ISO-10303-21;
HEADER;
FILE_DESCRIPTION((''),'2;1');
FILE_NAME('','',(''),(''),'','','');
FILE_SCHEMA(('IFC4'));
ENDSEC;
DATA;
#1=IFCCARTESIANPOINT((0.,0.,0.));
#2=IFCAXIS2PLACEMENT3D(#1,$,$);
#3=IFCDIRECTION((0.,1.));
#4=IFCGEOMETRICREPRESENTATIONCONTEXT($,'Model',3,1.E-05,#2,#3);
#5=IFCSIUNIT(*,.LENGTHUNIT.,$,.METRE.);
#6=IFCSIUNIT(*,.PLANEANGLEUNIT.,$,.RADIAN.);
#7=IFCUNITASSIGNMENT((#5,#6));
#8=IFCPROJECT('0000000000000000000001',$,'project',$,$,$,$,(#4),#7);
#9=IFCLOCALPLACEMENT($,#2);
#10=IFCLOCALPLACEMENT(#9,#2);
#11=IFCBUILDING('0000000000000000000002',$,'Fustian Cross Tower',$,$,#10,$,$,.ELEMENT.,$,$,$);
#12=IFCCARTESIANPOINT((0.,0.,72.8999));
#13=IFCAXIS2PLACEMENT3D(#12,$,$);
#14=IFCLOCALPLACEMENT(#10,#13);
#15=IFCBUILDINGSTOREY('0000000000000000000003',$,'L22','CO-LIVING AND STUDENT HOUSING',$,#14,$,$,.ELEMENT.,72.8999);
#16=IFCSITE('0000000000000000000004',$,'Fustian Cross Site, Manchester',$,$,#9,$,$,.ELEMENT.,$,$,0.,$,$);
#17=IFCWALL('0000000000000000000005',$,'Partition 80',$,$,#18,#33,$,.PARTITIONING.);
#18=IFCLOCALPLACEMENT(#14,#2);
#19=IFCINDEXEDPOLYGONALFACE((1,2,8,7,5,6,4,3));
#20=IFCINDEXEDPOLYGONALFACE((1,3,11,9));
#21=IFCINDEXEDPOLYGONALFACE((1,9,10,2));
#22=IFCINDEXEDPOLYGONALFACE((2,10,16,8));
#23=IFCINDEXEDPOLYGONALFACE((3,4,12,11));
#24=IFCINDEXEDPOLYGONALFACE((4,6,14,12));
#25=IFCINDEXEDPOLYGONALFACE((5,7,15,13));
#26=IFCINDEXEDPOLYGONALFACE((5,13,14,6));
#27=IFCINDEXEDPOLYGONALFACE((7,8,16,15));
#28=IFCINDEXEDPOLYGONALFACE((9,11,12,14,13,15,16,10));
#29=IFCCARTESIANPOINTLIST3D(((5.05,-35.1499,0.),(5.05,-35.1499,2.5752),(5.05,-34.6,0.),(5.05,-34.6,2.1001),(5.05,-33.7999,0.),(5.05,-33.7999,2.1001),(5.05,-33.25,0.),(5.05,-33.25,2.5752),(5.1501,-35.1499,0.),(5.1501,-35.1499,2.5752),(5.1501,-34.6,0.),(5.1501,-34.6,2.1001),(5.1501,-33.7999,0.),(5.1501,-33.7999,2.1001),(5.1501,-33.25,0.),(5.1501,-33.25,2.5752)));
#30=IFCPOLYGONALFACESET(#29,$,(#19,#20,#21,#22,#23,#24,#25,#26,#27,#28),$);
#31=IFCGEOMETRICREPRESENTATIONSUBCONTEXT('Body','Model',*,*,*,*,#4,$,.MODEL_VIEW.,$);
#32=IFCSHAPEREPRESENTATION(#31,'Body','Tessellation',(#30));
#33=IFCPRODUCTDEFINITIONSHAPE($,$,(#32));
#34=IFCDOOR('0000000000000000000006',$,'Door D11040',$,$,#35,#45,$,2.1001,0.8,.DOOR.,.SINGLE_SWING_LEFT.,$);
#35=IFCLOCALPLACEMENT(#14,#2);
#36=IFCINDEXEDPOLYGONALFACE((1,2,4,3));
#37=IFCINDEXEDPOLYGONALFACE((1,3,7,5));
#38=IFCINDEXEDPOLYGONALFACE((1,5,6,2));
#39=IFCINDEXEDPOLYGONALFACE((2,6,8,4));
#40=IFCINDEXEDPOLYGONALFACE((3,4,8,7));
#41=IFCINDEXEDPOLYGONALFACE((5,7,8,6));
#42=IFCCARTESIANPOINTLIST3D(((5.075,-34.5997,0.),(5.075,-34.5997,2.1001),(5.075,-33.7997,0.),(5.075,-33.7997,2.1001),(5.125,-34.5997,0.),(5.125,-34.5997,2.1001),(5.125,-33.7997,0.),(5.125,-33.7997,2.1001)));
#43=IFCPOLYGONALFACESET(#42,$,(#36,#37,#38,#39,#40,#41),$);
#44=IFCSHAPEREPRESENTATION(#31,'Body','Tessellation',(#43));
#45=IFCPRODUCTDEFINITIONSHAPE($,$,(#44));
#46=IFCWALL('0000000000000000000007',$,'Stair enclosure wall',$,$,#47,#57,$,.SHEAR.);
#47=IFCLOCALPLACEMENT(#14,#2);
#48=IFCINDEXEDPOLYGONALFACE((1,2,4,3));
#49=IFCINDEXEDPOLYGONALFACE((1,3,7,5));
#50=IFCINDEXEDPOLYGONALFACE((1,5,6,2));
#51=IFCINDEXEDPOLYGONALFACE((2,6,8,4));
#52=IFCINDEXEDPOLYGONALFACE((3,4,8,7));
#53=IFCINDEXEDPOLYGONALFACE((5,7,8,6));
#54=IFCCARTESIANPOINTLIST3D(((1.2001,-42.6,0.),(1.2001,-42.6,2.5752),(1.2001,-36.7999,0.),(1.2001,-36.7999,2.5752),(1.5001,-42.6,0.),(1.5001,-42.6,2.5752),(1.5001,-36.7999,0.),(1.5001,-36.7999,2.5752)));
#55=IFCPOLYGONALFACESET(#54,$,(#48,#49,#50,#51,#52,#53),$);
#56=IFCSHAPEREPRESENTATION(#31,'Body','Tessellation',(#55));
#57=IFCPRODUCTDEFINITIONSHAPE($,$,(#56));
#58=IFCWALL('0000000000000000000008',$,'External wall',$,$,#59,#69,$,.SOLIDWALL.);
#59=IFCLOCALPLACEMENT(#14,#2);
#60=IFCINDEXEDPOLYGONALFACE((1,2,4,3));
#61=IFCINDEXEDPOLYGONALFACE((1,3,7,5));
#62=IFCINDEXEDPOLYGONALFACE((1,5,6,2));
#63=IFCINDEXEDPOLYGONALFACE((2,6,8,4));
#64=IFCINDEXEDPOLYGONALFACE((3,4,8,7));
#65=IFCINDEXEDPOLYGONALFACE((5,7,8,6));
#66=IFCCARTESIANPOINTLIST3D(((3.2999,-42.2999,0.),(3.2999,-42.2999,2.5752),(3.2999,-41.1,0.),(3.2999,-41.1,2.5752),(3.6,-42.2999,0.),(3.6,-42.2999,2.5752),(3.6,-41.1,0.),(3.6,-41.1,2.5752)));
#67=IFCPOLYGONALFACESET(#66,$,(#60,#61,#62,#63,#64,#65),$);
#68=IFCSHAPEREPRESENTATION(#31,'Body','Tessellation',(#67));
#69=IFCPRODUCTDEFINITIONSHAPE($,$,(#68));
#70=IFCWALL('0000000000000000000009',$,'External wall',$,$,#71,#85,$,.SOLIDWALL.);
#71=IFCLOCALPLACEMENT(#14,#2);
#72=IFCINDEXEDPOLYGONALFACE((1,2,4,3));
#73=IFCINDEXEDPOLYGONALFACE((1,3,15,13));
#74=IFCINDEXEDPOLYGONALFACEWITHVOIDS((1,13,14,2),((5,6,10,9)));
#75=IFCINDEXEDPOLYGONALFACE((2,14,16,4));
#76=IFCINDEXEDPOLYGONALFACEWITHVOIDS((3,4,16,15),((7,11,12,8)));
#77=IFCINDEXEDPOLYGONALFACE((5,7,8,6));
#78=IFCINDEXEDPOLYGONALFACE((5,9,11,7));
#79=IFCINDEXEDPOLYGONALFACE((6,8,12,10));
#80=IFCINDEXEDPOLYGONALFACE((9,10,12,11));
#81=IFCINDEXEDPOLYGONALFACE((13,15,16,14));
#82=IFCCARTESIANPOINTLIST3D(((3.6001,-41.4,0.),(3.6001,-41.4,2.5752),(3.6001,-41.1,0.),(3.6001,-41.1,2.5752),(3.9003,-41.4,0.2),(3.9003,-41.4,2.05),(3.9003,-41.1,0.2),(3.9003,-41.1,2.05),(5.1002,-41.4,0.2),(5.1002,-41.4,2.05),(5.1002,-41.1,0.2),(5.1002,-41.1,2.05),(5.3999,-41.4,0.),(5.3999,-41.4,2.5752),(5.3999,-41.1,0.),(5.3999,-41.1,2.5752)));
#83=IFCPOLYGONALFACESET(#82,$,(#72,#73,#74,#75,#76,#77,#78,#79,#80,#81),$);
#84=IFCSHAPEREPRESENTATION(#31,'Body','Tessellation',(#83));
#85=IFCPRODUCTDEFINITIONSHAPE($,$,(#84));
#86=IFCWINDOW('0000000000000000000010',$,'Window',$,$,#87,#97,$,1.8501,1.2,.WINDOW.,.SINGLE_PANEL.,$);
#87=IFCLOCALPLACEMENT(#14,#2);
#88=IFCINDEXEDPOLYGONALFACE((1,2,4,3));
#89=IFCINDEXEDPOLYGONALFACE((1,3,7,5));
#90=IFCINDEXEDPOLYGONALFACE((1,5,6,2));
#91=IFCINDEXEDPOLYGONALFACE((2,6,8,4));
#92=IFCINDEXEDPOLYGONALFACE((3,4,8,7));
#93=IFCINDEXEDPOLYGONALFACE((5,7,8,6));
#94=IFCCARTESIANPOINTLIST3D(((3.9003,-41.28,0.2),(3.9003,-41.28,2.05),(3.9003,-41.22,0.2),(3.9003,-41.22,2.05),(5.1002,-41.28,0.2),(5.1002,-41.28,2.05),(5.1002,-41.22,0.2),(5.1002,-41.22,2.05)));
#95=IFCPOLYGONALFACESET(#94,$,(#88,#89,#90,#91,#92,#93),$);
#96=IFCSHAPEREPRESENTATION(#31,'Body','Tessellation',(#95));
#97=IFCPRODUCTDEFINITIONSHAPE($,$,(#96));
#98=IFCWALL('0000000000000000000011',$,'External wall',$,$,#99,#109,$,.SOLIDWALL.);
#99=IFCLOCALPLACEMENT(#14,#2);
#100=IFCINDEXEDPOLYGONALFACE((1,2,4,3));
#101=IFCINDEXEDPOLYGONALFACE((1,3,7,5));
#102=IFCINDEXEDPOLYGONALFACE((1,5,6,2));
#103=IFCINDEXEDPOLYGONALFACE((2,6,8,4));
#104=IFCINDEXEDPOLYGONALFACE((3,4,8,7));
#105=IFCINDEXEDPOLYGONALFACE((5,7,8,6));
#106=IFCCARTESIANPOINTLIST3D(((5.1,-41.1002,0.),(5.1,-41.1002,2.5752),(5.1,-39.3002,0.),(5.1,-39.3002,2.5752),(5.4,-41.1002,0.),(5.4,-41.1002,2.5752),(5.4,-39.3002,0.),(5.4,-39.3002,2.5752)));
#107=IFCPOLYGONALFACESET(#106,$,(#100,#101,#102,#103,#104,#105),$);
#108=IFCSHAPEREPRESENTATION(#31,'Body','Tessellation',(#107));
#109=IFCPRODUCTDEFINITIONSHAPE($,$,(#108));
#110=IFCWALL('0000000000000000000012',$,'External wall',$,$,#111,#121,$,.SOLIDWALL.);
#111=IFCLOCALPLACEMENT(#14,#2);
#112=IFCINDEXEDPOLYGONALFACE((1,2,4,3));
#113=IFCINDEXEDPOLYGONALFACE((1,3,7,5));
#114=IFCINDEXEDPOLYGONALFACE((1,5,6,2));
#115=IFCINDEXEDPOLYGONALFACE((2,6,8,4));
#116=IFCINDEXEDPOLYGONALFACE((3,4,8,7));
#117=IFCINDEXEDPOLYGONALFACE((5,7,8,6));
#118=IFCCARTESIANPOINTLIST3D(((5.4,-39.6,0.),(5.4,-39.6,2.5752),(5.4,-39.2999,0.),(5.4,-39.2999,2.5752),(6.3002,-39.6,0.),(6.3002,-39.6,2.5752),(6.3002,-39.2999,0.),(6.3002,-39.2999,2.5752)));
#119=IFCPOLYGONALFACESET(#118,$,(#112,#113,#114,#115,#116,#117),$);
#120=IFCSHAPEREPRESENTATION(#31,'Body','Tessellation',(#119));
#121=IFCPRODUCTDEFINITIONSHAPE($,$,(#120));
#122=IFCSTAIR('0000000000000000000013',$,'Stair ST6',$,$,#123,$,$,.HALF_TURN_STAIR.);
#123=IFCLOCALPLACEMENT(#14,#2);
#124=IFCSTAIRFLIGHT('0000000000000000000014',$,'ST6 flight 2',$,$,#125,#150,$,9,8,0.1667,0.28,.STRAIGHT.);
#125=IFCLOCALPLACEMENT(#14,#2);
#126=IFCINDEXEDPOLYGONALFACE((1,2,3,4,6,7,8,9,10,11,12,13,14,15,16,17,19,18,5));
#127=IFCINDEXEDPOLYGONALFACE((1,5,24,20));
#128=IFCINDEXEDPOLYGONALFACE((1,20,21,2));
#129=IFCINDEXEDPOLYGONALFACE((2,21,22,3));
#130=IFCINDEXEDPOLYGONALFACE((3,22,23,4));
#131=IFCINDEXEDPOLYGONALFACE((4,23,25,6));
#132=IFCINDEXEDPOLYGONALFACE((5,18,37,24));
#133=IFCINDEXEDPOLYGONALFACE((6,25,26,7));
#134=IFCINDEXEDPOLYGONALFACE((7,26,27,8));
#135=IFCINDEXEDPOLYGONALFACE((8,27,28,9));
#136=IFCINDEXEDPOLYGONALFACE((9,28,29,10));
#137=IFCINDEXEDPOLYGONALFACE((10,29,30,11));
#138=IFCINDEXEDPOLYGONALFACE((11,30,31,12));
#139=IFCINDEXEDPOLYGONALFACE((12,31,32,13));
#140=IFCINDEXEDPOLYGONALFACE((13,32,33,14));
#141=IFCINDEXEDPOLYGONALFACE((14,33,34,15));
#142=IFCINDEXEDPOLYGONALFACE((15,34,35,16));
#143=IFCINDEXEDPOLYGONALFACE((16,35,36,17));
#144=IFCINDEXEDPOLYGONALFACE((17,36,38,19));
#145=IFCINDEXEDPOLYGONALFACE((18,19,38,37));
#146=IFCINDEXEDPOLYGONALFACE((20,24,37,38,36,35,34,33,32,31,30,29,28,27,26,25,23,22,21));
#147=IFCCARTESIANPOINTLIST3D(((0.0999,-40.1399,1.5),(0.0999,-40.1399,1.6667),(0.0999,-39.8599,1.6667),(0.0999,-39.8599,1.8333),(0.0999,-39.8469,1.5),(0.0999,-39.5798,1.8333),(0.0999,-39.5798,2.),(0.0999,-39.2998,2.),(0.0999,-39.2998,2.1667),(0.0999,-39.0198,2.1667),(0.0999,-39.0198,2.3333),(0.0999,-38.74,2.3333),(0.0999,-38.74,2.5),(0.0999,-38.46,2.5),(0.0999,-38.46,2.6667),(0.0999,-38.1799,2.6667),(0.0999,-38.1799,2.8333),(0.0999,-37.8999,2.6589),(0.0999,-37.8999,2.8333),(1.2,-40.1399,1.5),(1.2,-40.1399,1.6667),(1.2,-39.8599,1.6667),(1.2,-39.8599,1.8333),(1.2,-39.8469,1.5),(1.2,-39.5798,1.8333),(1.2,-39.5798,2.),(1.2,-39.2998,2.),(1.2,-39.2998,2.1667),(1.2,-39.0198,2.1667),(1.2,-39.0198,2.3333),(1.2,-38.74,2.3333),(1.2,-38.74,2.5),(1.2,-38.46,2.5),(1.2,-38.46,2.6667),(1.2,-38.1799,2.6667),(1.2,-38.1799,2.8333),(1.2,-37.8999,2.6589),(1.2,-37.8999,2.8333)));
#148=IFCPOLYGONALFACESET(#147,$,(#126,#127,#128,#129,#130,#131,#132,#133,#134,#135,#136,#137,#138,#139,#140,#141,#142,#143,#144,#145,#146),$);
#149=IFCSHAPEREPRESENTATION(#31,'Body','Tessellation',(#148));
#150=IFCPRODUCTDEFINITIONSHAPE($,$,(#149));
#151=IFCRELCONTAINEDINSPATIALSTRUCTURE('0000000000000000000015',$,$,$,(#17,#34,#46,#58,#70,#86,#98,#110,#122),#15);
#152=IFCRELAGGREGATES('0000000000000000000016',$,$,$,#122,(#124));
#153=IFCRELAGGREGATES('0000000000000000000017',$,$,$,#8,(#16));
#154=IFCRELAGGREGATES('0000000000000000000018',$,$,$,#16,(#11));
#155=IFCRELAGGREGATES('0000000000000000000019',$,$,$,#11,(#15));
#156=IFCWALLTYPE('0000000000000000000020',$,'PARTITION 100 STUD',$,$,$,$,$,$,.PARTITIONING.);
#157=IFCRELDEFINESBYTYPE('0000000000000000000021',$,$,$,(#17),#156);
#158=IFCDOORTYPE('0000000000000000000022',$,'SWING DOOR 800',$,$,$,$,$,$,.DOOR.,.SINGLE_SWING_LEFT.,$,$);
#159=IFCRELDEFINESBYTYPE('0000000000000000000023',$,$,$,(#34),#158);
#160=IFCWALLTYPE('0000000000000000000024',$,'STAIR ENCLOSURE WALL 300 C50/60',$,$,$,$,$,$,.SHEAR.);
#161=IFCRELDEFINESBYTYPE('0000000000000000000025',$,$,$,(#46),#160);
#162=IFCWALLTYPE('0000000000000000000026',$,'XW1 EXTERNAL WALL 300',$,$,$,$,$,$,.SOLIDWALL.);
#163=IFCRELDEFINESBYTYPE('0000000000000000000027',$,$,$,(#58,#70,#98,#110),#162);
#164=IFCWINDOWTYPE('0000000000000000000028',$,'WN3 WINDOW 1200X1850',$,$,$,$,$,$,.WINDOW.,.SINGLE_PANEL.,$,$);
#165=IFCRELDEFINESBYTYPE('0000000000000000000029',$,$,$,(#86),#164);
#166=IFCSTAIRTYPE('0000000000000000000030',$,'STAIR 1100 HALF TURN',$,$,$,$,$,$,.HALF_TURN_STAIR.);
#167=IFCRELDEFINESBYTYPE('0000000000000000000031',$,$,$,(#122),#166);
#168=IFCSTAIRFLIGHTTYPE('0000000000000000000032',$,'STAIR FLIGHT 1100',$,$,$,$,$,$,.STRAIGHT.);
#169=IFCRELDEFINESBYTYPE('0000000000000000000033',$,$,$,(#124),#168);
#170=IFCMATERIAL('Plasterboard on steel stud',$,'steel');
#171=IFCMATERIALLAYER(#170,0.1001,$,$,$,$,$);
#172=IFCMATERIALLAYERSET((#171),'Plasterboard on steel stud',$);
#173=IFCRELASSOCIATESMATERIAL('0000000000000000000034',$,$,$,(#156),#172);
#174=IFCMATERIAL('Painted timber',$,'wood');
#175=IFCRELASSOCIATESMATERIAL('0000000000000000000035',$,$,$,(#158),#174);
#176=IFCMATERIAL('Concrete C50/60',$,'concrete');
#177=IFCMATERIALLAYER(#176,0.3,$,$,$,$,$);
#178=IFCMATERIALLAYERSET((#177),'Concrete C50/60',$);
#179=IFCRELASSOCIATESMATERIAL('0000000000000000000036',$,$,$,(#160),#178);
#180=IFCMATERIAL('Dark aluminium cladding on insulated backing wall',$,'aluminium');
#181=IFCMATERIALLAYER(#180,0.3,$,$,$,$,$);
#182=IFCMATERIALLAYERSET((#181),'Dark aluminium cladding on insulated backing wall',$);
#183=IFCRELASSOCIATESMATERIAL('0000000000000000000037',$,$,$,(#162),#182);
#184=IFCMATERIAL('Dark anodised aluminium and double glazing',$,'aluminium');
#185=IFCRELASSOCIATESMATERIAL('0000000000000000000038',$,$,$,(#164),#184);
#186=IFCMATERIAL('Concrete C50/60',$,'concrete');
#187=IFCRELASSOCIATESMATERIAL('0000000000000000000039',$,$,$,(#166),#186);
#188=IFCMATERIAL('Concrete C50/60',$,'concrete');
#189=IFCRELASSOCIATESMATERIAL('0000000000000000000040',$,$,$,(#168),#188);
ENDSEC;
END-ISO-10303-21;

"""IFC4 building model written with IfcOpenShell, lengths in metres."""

from ifc_helpers import new_model, si_unit, direction, frame, frame_2d, origin, place, context, subcontext, project, spatial, polyline, rectangle, outline, extrude, material, layer, layer_set, type_object, element, fill, aggregate, save


model = new_model("IFC4")

# Units and contexts
model_context = context("Model", 3, precision=1e-05, world=origin(), true_north=direction((0.0, 1.0)))
body_context = subcontext(model_context, "Body", "Model", "MODEL_VIEW")
ifc_project = project(units=[si_unit("LENGTHUNIT", "METRE"), si_unit("PLANEANGLEUNIT", "RADIAN")], contexts=[model_context])

# Site, building, storey
site_placement = place(None, origin())
site = spatial("IfcSite", under=ifc_project, at=site_placement, Name="Fustian Cross Site, Manchester", CompositionType="ELEMENT", RefElevation=0.0)
building_placement = place(site_placement, origin())
building = spatial("IfcBuilding", under=site, at=building_placement, Name="Fustian Cross Tower", CompositionType="ELEMENT")
storey_placement = place(building_placement, frame((0.0, 0.0, 72.8999)))
storey = spatial("IfcBuildingStorey", under=building, at=storey_placement, Name="L22", Description="CO-LIVING AND STUDENT HOUSING", CompositionType="ELEMENT", Elevation=72.8999)

# Wall, opening, door
ifc_material_1 = material(Name="Plasterboard on steel stud", Category="steel")
ifc_layer_1 = layer(ifc_material_1, 0.1001)
ifc_layer_set_1 = layer_set([ifc_layer_1], Name="Plasterboard on steel stud")
wall_type_1 = type_object("IfcWallType", Name="PARTITION 100 STUD", PredefinedType="PARTITIONING", material=ifc_layer_set_1)
wall_1_placement = place(storey_placement, frame((5.1001, -35.1499, 0.0), z_axis=(0.0, 0.0, 1.0), x_axis=(0.0, 1.0, 0.0)))
wall_1 = element("IfcWall", 1, at=wall_1_placement, inside=storey, type_object=wall_type_1, Name="Partition 80", PredefinedType="PARTITIONING", context=body_context, shape_type="SweptSolid", body=[
    extrude(rectangle(XDim=1.8999, YDim=0.1001, at=frame_2d((0.95, 0.0))), origin(), (0.0, 0.0, 1.0), 2.5752),
])
opening_1_placement = place(wall_1_placement, frame((0.55, 0.0, 0.0)))
opening_1 = element("IfcOpeningElement", 2, at=opening_1_placement, cuts=wall_1, PredefinedType="OPENING", context=body_context, shape_type="SweptSolid", body=[
    extrude(rectangle(XDim=0.8, YDim=2.1001, at=frame_2d((0.3999, 1.05))), frame((0.0, 0.0601, 0.0), z_axis=(0.0, -1.0, 0.0), x_axis=(1.0, 0.0, 0.0)), (0.0, 0.0, 1.0), 0.1201),
])
ifc_material_2 = material(Name="Painted timber", Category="wood")
door_type_1 = type_object("IfcDoorType", Name="SWING DOOR 800", OperationType="SINGLE_SWING_LEFT", PredefinedType="DOOR", material=ifc_material_2)
door_1_placement = place(opening_1_placement, frame((0.8, 0.0, 0.0), z_axis=(0.0, 0.0, 1.0), x_axis=(-1.0, 0.0, 0.0)))
door_1 = element("IfcDoor", 3, at=door_1_placement, inside=storey, type_object=door_type_1, Name="Door D11040", OperationType="SINGLE_SWING_LEFT", OverallHeight=2.1001, OverallWidth=0.8, PredefinedType="DOOR", context=body_context, shape_type="SweptSolid", body=[
    extrude(rectangle(XDim=0.8, YDim=2.1001, at=frame_2d((0.3999, 1.05))), frame((0.0, 0.0249, 0.0), z_axis=(0.0, -1.0, 0.0), x_axis=(1.0, 0.0, 0.0)), (0.0, 0.0, 1.0), 0.05),
])
fill(opening_1, door_1)

# Walls
ifc_material_3 = material(Name="Concrete C50/60", Category="concrete")
ifc_layer_2 = layer(ifc_material_3, 0.3)
ifc_layer_set_2 = layer_set([ifc_layer_2], Name="Concrete C50/60")
wall_type_2 = type_object("IfcWallType", Name="STAIR ENCLOSURE WALL 300 C50/60", PredefinedType="SHEAR", material=ifc_layer_set_2)
wall_2_placement = place(storey_placement, frame((1.3501, -36.8, 0.0), z_axis=(0.0, 0.0, 1.0), x_axis=(0.0, -1.0, 0.0)))
element("IfcWall", 4, at=wall_2_placement, inside=storey, type_object=wall_type_2, Name="Stair enclosure wall", PredefinedType="SHEAR", context=body_context, shape_type="SweptSolid", body=[
    extrude(rectangle(XDim=5.8, YDim=0.3, at=frame_2d((2.8999, 0.0))), origin(), (0.0, 0.0, 1.0), 2.5752),
])
ifc_material_4 = material(Name="Dark aluminium cladding on insulated backing wall", Category="aluminium")
ifc_layer_3 = layer(ifc_material_4, 0.3)
ifc_layer_set_3 = layer_set([ifc_layer_3], Name="Dark aluminium cladding on insulated backing wall")
wall_type_3 = type_object("IfcWallType", Name="XW1 EXTERNAL WALL 300", PredefinedType="SOLIDWALL", material=ifc_layer_set_3)
wall_3_placement = place(storey_placement, frame((3.45, -42.3, 0.0), z_axis=(0.0, 0.0, 1.0), x_axis=(0.0, 1.0, 0.0)))
element("IfcWall", 5, at=wall_3_placement, inside=storey, type_object=wall_type_3, Name="External wall", PredefinedType="SOLIDWALL", context=body_context, shape_type="SweptSolid", body=[
    extrude(rectangle(XDim=1.2, YDim=0.3, at=frame_2d((0.6001, 0.0))), origin(), (0.0, 0.0, 1.0), 2.5752),
])

# Wall, opening, window
wall_4_placement = place(storey_placement, frame((3.6001, -41.25, 0.0), z_axis=(0.0, 0.0, 1.0), x_axis=(1.0, 0.0, 0.0)))
wall_4 = element("IfcWall", 6, at=wall_4_placement, inside=storey, type_object=wall_type_3, Name="External wall", PredefinedType="SOLIDWALL", context=body_context, shape_type="SweptSolid", body=[
    extrude(rectangle(XDim=1.7998, YDim=0.3, at=frame_2d((0.8999, 0.0))), origin(), (0.0, 0.0, 1.0), 2.5752),
])
opening_2_placement = place(wall_4_placement, frame((0.3, 0.0, 0.2)))
opening_2 = element("IfcOpeningElement", 7, at=opening_2_placement, cuts=wall_4, PredefinedType="OPENING", context=body_context, shape_type="SweptSolid", body=[
    extrude(rectangle(XDim=1.2, YDim=1.8501, at=frame_2d((0.6001, 0.925))), frame((0.0, 0.1599, 0.0), z_axis=(0.0, -1.0, 0.0), x_axis=(1.0, 0.0, 0.0)), (0.0, 0.0, 1.0), 0.3201),
])
ifc_material_5 = material(Name="Dark anodised aluminium and double glazing", Category="aluminium")
window_type = type_object("IfcWindowType", Name="WN3 WINDOW 1200X1850", PartitioningType="SINGLE_PANEL", PredefinedType="WINDOW", material=ifc_material_5)
window_placement = place(opening_2_placement, origin())
window = element("IfcWindow", 8, at=window_placement, inside=storey, type_object=window_type, Name="Window", OverallHeight=1.8501, OverallWidth=1.2, PartitioningType="SINGLE_PANEL", PredefinedType="WINDOW", context=body_context, shape_type="SweptSolid", body=[
    extrude(rectangle(XDim=1.2, YDim=1.8501, at=frame_2d((0.6001, 0.925))), frame((0.0, 0.03, 0.0), z_axis=(0.0, -1.0, 0.0), x_axis=(1.0, 0.0, 0.0)), (0.0, 0.0, 1.0), 0.0601),
])
fill(opening_2, window)

# Walls
wall_5_placement = place(storey_placement, frame((5.25, -41.1001, 0.0), z_axis=(0.0, 0.0, 1.0), x_axis=(0.0, 1.0, 0.0)))
element("IfcWall", 9, at=wall_5_placement, inside=storey, type_object=wall_type_3, Name="External wall", PredefinedType="SOLIDWALL", context=body_context, shape_type="SweptSolid", body=[
    extrude(rectangle(XDim=1.8, YDim=0.3, at=frame_2d((0.8999, 0.0))), origin(), (0.0, 0.0, 1.0), 2.5752),
])
wall_6_placement = place(storey_placement, frame((5.3999, -39.45, 0.0), z_axis=(0.0, 0.0, 1.0), x_axis=(1.0, 0.0, 0.0)))
element("IfcWall", 10, at=wall_6_placement, inside=storey, type_object=wall_type_3, Name="External wall", PredefinedType="SOLIDWALL", context=body_context, shape_type="SweptSolid", body=[
    extrude(rectangle(XDim=0.9001, YDim=0.3, at=frame_2d((0.4502, 0.0))), origin(), (0.0, 0.0, 1.0), 2.5752),
])

# Stair, stair flight
ifc_material_6 = material(Name="Concrete C50/60", Category="concrete")
stair_type = type_object("IfcStairType", Name="STAIR 1100 HALF TURN", PredefinedType="HALF_TURN_STAIR", material=ifc_material_6)
stair_placement = place(storey_placement, origin())
stair = element("IfcStair", 11, at=stair_placement, inside=storey, type_object=stair_type, Name="Stair ST6", PredefinedType="HALF_TURN_STAIR")
ifc_material_7 = material(Name="Concrete C50/60", Category="concrete")
stair_flight_type = type_object("IfcStairFlightType", Name="STAIR FLIGHT 1100", PredefinedType="STRAIGHT", material=ifc_material_7)
stair_flight_placement = place(storey_placement, frame((0.6499, -40.1399, 1.5), z_axis=(0.0, 0.0, 1.0), x_axis=(0.0, 1.0, 0.0)))
stair_flight = element("IfcStairFlight", 12, at=stair_flight_placement, type_object=stair_flight_type, Name="ST6 flight 2", NumberOfRisers=9, NumberOfTreads=8, PredefinedType="STRAIGHT", RiserHeight=0.1667, TreadLength=0.28, context=body_context, shape_type="SweptSolid", body=[
    extrude(outline(polyline([(0.0, 0.0), (0.0, 0.1667), (0.28, 0.1667), (0.28, 0.3333), (0.5601, 0.3333), (0.5601, 0.5), (0.8401, 0.5), (0.8401, 0.6667), (1.1201, 0.6667), (1.1201, 0.8333), (1.3999, 0.8333), (1.3999, 1.0), (1.6799, 1.0), (1.6799, 1.1667), (1.96, 1.1667), (1.96, 1.3333), (2.24, 1.3333), (2.24, 1.5), (2.24, 1.1589), (0.293, 0.0), (0.0, 0.0)])), frame((0.0, 0.55, 0.0), z_axis=(0.0, -1.0, 0.0), x_axis=(1.0, 0.0, 0.0)), (0.0, 0.0, 1.0), 1.1001),
])
aggregate(stair, [stair_flight])

save(model, "model.ifc")
